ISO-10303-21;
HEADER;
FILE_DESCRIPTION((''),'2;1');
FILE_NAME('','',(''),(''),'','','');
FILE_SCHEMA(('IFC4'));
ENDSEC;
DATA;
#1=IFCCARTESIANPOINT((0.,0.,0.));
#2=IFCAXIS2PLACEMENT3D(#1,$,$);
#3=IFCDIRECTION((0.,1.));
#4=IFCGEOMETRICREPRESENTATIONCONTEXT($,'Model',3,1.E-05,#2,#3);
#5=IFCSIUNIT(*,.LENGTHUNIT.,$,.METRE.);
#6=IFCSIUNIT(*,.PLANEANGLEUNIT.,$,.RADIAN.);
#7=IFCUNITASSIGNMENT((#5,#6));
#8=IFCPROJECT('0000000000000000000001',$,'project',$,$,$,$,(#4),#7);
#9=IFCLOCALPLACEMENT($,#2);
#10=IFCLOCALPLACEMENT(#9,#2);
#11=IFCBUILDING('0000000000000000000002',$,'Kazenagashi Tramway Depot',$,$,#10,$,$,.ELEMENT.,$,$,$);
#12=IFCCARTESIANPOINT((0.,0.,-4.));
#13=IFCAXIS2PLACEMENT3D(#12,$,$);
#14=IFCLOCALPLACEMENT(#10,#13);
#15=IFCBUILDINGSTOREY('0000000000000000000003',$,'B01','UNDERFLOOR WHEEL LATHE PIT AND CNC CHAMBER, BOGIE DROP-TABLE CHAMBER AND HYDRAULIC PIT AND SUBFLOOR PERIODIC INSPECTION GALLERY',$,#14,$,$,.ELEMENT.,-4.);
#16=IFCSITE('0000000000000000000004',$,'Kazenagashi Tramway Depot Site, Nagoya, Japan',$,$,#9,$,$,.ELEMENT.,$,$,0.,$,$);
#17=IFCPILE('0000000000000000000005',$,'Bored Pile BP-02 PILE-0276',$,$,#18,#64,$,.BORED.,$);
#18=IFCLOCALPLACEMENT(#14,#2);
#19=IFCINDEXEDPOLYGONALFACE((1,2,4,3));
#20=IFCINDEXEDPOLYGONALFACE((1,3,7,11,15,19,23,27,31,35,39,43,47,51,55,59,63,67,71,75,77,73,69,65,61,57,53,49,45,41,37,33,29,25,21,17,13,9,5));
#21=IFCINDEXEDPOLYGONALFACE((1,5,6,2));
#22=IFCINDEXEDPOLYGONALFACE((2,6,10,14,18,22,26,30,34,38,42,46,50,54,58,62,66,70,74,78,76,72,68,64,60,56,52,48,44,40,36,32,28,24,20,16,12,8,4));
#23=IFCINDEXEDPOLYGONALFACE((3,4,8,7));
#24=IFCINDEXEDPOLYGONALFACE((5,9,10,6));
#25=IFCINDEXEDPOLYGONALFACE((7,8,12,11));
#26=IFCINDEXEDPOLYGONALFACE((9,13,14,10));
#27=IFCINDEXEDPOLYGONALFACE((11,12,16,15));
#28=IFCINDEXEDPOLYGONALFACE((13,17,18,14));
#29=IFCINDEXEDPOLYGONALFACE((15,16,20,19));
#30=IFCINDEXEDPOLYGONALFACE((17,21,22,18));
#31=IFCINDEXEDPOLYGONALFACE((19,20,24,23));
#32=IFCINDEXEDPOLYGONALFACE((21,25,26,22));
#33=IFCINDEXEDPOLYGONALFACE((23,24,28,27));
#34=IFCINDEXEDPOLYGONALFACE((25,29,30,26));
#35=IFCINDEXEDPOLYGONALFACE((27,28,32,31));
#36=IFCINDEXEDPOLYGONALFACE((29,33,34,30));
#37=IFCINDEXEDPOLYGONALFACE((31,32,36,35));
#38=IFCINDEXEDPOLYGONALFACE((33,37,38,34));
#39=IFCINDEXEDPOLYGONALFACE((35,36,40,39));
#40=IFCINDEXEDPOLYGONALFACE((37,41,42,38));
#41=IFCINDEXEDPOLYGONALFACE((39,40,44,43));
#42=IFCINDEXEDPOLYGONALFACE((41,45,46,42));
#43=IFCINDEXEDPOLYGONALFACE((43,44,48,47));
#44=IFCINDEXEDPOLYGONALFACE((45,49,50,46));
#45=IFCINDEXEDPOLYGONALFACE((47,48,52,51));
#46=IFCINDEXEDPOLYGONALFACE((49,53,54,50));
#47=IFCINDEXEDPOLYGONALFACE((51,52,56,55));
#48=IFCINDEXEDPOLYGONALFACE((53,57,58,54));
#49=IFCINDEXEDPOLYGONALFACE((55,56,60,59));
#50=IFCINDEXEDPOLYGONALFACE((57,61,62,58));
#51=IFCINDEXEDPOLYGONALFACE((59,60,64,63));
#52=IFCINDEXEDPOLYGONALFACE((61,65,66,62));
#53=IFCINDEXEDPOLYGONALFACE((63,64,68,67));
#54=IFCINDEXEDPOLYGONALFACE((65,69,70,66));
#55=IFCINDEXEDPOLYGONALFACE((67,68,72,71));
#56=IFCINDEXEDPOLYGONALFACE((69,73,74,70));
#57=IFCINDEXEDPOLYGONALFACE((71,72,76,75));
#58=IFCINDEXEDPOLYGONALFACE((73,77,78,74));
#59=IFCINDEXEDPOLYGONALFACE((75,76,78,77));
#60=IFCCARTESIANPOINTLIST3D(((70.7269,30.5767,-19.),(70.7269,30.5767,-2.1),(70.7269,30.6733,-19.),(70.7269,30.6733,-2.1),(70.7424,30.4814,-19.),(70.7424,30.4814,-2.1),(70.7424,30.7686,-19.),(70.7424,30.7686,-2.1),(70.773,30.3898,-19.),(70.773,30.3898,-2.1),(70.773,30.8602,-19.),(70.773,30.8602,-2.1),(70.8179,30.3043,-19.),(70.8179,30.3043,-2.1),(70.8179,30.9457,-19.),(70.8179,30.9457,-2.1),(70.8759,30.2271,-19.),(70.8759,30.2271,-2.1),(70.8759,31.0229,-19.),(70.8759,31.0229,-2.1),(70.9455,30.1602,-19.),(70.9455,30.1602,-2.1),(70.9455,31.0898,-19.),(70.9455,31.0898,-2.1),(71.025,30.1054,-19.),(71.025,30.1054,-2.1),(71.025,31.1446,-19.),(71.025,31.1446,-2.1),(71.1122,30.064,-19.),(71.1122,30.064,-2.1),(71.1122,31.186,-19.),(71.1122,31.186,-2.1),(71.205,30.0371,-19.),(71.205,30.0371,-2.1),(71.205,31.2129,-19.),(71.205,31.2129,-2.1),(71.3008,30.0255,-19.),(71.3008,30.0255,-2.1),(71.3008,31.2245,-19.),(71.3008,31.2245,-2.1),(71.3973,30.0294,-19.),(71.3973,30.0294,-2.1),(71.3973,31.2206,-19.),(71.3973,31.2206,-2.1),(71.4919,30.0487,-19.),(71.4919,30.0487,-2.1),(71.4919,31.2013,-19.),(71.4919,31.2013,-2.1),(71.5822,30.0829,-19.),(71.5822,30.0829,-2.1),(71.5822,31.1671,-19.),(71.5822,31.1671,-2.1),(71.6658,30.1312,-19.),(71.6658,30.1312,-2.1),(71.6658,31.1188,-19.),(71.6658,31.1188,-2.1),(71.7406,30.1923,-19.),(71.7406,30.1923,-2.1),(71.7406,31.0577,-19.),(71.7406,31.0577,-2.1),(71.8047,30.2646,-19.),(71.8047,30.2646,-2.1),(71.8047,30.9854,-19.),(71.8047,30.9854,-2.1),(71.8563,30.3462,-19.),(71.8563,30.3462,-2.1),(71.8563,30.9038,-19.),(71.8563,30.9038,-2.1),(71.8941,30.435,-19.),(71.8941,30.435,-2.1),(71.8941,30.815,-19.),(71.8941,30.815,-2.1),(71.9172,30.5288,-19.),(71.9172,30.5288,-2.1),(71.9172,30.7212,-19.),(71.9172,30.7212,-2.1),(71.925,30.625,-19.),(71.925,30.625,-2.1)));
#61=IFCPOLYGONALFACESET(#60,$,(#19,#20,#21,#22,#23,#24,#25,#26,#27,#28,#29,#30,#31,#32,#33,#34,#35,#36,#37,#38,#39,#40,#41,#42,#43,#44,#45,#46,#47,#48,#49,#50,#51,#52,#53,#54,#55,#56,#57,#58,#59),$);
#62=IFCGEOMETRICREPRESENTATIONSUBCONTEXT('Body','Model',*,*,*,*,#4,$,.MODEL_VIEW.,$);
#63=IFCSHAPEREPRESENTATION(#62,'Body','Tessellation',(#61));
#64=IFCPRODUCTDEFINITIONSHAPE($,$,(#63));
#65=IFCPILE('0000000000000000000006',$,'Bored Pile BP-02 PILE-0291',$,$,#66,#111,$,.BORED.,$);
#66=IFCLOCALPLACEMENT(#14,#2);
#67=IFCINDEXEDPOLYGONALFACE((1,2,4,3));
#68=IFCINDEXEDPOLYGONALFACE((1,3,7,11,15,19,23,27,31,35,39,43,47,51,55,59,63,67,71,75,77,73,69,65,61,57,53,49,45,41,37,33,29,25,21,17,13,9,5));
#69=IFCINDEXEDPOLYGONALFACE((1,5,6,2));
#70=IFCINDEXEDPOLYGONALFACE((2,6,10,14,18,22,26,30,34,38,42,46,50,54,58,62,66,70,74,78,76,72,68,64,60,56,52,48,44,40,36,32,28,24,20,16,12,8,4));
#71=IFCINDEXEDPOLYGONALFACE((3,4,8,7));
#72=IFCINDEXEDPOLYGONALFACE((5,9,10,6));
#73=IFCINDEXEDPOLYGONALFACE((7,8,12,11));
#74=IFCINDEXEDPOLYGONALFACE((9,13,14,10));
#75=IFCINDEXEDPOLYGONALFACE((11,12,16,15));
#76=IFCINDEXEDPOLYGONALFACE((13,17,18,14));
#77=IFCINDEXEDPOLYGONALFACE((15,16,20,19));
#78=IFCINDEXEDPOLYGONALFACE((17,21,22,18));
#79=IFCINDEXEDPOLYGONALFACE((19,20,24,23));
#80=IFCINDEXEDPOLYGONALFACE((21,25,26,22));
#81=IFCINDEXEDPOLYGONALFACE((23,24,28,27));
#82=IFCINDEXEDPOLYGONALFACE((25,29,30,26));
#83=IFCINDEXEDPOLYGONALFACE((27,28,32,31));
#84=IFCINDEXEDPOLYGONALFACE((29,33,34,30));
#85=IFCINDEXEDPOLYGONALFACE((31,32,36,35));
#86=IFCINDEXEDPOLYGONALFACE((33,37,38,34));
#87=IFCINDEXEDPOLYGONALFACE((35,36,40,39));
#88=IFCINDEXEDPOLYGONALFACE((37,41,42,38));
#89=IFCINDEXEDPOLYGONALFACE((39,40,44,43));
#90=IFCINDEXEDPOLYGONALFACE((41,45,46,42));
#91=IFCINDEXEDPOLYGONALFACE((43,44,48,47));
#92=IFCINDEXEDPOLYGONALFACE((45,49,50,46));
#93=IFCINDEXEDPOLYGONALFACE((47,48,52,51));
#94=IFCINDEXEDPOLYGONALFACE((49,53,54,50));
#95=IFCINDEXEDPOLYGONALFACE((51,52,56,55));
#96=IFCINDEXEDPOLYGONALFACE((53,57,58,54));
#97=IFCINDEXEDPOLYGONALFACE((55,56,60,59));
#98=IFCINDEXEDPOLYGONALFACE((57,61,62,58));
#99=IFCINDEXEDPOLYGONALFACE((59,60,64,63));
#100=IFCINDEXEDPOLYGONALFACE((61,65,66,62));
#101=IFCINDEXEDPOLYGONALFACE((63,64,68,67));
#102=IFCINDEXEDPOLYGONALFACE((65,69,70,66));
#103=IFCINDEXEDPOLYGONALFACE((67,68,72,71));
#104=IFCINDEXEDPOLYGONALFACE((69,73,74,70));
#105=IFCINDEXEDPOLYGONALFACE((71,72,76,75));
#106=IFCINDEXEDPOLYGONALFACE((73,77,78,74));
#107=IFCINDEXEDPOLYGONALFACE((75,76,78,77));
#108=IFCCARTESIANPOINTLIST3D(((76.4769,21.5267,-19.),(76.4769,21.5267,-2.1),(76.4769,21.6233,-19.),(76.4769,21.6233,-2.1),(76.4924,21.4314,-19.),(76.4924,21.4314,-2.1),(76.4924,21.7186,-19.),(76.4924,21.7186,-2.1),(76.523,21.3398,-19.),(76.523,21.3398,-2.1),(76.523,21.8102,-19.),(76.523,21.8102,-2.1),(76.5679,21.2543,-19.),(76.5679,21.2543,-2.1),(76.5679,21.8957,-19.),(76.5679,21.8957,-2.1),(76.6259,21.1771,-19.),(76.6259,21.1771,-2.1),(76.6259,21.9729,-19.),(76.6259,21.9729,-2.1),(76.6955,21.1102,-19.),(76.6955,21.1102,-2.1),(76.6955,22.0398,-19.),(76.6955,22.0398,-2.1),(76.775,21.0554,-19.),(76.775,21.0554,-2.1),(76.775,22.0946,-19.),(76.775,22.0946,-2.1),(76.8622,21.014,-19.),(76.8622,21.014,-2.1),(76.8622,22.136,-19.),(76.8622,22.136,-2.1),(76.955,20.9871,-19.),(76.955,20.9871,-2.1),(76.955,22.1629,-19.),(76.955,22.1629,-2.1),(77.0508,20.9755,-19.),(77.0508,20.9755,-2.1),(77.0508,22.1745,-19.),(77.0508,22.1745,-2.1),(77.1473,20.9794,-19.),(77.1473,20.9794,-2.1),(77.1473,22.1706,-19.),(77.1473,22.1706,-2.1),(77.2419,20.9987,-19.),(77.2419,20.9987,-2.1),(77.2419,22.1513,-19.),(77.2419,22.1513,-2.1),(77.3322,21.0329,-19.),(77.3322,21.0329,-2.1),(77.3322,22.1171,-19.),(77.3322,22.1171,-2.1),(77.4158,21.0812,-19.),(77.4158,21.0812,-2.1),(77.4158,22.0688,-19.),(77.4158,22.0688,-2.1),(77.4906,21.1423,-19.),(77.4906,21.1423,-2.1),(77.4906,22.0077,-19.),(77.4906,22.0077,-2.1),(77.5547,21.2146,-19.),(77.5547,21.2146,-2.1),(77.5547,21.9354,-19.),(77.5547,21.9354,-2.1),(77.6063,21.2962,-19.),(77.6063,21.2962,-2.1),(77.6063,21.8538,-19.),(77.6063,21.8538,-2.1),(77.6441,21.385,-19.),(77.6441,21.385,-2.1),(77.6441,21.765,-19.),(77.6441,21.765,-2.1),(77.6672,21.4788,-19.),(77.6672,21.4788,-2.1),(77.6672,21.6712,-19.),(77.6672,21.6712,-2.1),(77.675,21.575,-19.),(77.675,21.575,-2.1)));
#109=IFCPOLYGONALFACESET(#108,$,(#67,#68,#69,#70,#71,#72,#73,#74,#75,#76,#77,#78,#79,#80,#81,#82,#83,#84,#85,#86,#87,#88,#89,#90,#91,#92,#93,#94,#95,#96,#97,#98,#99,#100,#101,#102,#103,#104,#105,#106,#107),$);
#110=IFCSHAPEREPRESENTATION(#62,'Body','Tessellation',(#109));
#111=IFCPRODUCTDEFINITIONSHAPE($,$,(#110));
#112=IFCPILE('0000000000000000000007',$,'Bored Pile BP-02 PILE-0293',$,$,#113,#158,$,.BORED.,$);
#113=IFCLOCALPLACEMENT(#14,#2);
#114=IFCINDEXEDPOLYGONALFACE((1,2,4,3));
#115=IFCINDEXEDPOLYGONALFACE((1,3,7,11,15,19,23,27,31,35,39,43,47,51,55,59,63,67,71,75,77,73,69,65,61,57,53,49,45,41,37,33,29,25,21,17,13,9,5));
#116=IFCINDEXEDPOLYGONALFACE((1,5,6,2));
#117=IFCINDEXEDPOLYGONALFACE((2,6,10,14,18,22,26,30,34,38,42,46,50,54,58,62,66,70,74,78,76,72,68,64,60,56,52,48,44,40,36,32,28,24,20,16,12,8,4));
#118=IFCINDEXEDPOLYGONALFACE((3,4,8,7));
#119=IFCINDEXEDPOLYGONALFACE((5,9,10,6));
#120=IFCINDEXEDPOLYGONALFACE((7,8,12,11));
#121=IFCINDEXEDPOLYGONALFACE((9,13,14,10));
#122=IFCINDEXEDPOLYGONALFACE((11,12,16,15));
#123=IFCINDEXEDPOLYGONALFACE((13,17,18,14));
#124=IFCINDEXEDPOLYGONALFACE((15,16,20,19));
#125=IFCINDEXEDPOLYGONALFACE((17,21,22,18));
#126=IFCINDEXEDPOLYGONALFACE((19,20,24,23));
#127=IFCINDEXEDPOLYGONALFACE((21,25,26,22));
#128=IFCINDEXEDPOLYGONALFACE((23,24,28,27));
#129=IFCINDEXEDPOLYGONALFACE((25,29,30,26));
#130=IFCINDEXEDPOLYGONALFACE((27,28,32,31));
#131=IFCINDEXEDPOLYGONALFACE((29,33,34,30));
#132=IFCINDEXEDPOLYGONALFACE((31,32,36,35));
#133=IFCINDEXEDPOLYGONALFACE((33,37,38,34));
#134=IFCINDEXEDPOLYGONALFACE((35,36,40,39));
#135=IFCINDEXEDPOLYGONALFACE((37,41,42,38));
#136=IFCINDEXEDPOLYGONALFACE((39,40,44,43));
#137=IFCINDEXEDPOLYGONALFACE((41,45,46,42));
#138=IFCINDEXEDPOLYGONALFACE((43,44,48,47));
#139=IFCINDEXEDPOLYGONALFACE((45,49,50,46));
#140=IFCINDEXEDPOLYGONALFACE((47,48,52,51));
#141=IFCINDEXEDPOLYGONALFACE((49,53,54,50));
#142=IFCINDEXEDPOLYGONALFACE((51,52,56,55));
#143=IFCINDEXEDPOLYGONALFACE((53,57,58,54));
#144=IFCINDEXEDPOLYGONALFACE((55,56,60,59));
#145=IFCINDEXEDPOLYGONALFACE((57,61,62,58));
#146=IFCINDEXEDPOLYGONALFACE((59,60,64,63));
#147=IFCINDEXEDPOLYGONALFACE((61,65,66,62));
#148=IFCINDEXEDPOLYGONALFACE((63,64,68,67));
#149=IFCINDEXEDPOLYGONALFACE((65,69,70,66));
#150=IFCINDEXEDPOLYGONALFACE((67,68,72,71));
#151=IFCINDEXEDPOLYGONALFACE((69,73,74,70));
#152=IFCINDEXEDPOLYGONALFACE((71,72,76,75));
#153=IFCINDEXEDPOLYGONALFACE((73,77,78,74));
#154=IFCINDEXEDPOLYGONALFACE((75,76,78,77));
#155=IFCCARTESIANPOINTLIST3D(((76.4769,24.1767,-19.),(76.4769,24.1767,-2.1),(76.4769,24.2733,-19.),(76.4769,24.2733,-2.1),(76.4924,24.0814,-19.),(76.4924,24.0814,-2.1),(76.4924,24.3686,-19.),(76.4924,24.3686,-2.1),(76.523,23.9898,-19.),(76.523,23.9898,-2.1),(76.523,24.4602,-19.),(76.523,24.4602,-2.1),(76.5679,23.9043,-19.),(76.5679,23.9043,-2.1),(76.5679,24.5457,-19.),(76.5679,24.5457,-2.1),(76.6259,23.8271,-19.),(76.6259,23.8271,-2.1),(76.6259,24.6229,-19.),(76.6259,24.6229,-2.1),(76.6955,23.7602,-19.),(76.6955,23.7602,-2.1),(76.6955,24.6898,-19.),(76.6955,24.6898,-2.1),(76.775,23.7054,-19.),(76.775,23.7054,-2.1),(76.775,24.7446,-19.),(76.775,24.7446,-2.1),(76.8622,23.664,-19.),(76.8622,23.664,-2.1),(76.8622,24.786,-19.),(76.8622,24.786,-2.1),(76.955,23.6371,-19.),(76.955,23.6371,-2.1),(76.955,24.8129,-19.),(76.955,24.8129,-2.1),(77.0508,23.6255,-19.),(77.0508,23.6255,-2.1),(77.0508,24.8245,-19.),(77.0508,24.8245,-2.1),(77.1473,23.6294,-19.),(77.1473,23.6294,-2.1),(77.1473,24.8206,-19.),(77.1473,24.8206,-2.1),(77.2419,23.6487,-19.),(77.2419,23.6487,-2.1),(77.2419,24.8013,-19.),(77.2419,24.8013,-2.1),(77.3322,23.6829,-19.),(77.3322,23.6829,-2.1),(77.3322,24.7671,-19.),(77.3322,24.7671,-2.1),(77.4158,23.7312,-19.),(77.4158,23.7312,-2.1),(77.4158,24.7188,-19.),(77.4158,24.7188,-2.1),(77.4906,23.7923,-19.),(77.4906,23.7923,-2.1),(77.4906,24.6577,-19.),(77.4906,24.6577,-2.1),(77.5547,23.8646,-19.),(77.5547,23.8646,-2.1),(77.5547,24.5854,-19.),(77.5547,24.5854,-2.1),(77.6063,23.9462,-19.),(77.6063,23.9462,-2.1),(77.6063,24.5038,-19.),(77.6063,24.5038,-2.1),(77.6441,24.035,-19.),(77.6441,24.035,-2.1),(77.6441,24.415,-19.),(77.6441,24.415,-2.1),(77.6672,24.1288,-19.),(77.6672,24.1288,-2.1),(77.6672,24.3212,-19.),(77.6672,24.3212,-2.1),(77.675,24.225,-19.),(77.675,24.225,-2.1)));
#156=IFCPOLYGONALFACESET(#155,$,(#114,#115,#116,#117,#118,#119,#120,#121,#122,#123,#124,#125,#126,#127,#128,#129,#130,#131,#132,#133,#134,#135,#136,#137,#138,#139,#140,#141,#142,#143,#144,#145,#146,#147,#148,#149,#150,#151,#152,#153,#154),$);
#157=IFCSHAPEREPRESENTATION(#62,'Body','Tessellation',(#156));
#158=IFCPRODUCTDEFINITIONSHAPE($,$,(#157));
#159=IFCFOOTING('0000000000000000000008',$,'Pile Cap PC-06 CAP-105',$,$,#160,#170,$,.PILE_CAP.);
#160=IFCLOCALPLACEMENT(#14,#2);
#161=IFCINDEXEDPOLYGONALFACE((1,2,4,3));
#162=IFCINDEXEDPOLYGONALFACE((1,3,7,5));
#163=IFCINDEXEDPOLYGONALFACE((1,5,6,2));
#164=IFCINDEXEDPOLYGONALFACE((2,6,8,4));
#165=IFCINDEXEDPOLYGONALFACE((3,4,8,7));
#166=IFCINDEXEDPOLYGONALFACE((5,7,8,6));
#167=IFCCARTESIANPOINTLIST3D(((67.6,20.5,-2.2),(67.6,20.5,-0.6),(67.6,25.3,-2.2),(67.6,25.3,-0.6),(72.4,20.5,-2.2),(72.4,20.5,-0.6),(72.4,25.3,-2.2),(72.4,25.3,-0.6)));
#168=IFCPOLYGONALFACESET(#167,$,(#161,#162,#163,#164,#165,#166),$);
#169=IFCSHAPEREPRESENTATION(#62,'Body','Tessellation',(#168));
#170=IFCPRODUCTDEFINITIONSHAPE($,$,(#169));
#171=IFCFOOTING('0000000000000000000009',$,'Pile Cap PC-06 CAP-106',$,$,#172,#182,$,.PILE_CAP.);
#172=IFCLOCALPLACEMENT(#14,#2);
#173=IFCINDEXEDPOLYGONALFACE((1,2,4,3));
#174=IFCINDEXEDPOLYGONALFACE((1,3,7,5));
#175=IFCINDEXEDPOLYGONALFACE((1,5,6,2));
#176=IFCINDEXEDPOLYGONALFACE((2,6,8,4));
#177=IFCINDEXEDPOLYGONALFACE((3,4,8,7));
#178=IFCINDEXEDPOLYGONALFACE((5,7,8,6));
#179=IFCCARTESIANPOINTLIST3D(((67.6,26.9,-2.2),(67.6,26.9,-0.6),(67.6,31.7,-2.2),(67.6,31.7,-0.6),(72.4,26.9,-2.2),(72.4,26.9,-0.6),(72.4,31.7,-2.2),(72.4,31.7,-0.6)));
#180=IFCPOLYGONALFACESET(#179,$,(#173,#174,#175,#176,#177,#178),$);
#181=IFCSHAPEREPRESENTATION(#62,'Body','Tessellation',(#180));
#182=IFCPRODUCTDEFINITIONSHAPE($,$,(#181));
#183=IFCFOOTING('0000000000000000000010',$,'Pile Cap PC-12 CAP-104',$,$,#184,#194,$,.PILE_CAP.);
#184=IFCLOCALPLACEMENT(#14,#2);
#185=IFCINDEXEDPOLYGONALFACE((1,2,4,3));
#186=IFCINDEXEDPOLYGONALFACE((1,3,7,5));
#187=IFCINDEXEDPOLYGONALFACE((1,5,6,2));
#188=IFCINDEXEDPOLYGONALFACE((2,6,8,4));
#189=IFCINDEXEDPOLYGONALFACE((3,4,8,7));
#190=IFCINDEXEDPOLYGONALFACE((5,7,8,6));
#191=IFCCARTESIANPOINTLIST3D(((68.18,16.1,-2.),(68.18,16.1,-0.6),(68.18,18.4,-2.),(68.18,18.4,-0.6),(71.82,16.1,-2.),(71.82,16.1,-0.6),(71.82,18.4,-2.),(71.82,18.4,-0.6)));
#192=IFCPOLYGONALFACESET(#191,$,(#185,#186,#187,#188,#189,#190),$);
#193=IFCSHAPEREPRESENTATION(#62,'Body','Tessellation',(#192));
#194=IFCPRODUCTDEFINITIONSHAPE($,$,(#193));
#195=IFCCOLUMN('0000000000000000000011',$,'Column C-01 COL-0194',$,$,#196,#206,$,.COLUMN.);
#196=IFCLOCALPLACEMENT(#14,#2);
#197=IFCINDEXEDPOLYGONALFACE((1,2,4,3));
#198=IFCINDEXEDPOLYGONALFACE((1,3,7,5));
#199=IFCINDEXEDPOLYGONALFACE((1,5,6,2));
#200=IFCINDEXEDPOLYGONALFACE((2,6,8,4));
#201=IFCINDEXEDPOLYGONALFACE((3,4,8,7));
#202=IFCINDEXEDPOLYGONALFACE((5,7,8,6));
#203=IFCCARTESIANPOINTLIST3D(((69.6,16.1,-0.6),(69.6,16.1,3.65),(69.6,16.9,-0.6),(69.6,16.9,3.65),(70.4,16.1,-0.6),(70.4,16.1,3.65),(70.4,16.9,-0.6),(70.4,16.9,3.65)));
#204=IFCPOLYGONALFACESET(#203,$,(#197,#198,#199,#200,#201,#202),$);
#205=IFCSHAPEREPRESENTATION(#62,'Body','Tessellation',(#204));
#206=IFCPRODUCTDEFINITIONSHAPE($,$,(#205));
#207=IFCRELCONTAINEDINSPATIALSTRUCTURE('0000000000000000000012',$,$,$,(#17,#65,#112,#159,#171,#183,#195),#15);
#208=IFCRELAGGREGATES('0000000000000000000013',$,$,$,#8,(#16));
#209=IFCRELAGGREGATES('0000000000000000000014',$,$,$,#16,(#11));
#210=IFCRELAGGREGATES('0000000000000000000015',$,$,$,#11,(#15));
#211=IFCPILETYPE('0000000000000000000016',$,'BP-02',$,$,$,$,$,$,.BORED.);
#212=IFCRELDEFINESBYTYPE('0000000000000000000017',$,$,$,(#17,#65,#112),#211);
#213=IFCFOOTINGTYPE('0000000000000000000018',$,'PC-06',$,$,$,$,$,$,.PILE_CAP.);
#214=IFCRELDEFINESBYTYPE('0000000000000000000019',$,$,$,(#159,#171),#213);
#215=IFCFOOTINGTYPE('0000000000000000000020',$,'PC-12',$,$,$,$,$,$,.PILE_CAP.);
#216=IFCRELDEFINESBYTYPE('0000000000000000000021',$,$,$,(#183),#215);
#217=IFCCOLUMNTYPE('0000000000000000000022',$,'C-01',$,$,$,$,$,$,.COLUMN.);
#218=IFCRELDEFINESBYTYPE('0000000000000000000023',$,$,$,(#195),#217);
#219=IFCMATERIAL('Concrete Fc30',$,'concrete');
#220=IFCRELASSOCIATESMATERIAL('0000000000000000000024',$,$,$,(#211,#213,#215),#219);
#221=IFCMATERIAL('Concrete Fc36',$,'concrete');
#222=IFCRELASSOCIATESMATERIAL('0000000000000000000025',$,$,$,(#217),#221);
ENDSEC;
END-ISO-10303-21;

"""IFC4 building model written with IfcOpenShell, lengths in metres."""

from ifc_helpers import new_model, si_unit, direction, frame, origin, origin_2d, place, context, subcontext, project, spatial, rectangle, circle, extrude, material, material_profile, profile_set, type_object, element, save


model = new_model("IFC4")

# Units and contexts
model_context = context("Model", 3, precision=1e-05, world=origin(), true_north=direction((0.0, 1.0)))
body_context = subcontext(model_context, "Body", "Model", "MODEL_VIEW")
ifc_project = project(units=[si_unit("LENGTHUNIT", "METRE"), si_unit("PLANEANGLEUNIT", "RADIAN")], contexts=[model_context])

# Site, building, storey
site_placement = place(None, origin())
site = spatial("IfcSite", under=ifc_project, at=site_placement, Name="Kazenagashi Tramway Depot Site, Nagoya, Japan", CompositionType="ELEMENT", RefElevation=0.0)
building_placement = place(site_placement, origin())
building = spatial("IfcBuilding", under=site, at=building_placement, Name="Kazenagashi Tramway Depot", CompositionType="ELEMENT")
storey_placement = place(building_placement, frame((0.0, 0.0, -4.0)))
storey = spatial("IfcBuildingStorey", under=building, at=storey_placement, Name="B01", Description="UNDERFLOOR WHEEL LATHE PIT AND CNC CHAMBER, BOGIE DROP-TABLE CHAMBER AND HYDRAULIC PIT AND SUBFLOOR PERIODIC INSPECTION GALLERY", CompositionType="ELEMENT", Elevation=-4.0)

# Piles
ifc_material_1 = material(Name="Concrete Fc30", Category="concrete")
ifc_material_profile_1 = material_profile(ifc_material_1, circle(Radius=0.6, at=origin_2d()), Name="PILE-1200")
ifc_profile_set_1 = profile_set([ifc_material_profile_1], Name="Concrete Fc30")
pile_type_1 = type_object("IfcPileType", Name="BP-02", PredefinedType="BORED", material=ifc_profile_set_1)
for number, where, z_axis, x_axis, name in (
    (1, (71.325, 30.625, -2.1), (0.0, 0.0, -1.0), (1.0, 0.0, 0.0), "Bored Pile BP-02 PILE-0276"),
    (2, (77.075, 21.575, -2.1), (0.0, 0.0, -1.0), (1.0, 0.0, 0.0), "Bored Pile BP-02 PILE-0291"),
    (3, (77.075, 24.225, -2.1), (0.0, 0.0, -1.0), (1.0, 0.0, 0.0), "Bored Pile BP-02 PILE-0293"),
):
    element("IfcPile", number, at=place(storey_placement, frame(where, z_axis=z_axis, x_axis=x_axis)), inside=storey, type_object=pile_type_1, Name=name, PredefinedType="BORED", context=body_context, shape_type="SweptSolid", body=[
        extrude(circle(Radius=0.6, at=origin_2d()), origin(), (0.0, 0.0, 1.0), 16.9),
    ])

# Footings
footing_type_1 = type_object("IfcFootingType", Name="PC-06", PredefinedType="PILE_CAP", material=ifc_material_1)
for number, where, z_axis, x_axis, name in (
    (4, (70.0, 22.9, -2.2), (0.0, 0.0, 1.0), (1.0, 0.0, 0.0), "Pile Cap PC-06 CAP-105"),
    (5, (70.0, 29.3, -2.2), (0.0, 0.0, 1.0), (1.0, 0.0, 0.0), "Pile Cap PC-06 CAP-106"),
):
    element("IfcFooting", number, at=place(storey_placement, frame(where, z_axis=z_axis, x_axis=x_axis)), inside=storey, type_object=footing_type_1, Name=name, PredefinedType="PILE_CAP", context=body_context, shape_type="SweptSolid", body=[
        extrude(rectangle(XDim=4.8, YDim=4.8, at=origin_2d()), origin(), (0.0, 0.0, 1.0), 1.6),
    ])
footing_type_2 = type_object("IfcFootingType", Name="PC-12", PredefinedType="PILE_CAP", material=ifc_material_1)
footing_placement = place(storey_placement, frame((70.0, 17.25, -2.0), z_axis=(0.0, 0.0, 1.0), x_axis=(1.0, 0.0, 0.0)))
element("IfcFooting", 6, at=footing_placement, inside=storey, type_object=footing_type_2, Name="Pile Cap PC-12 CAP-104", PredefinedType="PILE_CAP", context=body_context, shape_type="SweptSolid", body=[
    extrude(rectangle(XDim=3.64, YDim=2.3, at=origin_2d()), origin(), (0.0, 0.0, 1.0), 1.4),
])

# Column
ifc_material_2 = material(Name="Concrete Fc36", Category="concrete")
ifc_material_profile_2 = material_profile(ifc_material_2, rectangle(XDim=0.8, YDim=0.8, at=origin_2d()), Name="RC-800x800")
ifc_profile_set_2 = profile_set([ifc_material_profile_2], Name="Concrete Fc36")
column_type_1 = type_object("IfcColumnType", Name="C-01", PredefinedType="COLUMN", material=ifc_profile_set_2)
for number, where, z_axis, x_axis, name in (
    (7, (70.0, 16.5, -0.6), (0.0, 0.0, 1.0), (1.0, 0.0, 0.0), "Column C-01 COL-0194"),
):
    element("IfcColumn", number, at=place(storey_placement, frame(where, z_axis=z_axis, x_axis=x_axis)), inside=storey, type_object=column_type_1, Name=name, PredefinedType="COLUMN", context=body_context, shape_type="SweptSolid", body=[
        extrude(rectangle(XDim=0.8, YDim=0.8, at=origin_2d()), origin(), (0.0, 0.0, 1.0), 4.25),
    ])

save(model, "model.ifc")
